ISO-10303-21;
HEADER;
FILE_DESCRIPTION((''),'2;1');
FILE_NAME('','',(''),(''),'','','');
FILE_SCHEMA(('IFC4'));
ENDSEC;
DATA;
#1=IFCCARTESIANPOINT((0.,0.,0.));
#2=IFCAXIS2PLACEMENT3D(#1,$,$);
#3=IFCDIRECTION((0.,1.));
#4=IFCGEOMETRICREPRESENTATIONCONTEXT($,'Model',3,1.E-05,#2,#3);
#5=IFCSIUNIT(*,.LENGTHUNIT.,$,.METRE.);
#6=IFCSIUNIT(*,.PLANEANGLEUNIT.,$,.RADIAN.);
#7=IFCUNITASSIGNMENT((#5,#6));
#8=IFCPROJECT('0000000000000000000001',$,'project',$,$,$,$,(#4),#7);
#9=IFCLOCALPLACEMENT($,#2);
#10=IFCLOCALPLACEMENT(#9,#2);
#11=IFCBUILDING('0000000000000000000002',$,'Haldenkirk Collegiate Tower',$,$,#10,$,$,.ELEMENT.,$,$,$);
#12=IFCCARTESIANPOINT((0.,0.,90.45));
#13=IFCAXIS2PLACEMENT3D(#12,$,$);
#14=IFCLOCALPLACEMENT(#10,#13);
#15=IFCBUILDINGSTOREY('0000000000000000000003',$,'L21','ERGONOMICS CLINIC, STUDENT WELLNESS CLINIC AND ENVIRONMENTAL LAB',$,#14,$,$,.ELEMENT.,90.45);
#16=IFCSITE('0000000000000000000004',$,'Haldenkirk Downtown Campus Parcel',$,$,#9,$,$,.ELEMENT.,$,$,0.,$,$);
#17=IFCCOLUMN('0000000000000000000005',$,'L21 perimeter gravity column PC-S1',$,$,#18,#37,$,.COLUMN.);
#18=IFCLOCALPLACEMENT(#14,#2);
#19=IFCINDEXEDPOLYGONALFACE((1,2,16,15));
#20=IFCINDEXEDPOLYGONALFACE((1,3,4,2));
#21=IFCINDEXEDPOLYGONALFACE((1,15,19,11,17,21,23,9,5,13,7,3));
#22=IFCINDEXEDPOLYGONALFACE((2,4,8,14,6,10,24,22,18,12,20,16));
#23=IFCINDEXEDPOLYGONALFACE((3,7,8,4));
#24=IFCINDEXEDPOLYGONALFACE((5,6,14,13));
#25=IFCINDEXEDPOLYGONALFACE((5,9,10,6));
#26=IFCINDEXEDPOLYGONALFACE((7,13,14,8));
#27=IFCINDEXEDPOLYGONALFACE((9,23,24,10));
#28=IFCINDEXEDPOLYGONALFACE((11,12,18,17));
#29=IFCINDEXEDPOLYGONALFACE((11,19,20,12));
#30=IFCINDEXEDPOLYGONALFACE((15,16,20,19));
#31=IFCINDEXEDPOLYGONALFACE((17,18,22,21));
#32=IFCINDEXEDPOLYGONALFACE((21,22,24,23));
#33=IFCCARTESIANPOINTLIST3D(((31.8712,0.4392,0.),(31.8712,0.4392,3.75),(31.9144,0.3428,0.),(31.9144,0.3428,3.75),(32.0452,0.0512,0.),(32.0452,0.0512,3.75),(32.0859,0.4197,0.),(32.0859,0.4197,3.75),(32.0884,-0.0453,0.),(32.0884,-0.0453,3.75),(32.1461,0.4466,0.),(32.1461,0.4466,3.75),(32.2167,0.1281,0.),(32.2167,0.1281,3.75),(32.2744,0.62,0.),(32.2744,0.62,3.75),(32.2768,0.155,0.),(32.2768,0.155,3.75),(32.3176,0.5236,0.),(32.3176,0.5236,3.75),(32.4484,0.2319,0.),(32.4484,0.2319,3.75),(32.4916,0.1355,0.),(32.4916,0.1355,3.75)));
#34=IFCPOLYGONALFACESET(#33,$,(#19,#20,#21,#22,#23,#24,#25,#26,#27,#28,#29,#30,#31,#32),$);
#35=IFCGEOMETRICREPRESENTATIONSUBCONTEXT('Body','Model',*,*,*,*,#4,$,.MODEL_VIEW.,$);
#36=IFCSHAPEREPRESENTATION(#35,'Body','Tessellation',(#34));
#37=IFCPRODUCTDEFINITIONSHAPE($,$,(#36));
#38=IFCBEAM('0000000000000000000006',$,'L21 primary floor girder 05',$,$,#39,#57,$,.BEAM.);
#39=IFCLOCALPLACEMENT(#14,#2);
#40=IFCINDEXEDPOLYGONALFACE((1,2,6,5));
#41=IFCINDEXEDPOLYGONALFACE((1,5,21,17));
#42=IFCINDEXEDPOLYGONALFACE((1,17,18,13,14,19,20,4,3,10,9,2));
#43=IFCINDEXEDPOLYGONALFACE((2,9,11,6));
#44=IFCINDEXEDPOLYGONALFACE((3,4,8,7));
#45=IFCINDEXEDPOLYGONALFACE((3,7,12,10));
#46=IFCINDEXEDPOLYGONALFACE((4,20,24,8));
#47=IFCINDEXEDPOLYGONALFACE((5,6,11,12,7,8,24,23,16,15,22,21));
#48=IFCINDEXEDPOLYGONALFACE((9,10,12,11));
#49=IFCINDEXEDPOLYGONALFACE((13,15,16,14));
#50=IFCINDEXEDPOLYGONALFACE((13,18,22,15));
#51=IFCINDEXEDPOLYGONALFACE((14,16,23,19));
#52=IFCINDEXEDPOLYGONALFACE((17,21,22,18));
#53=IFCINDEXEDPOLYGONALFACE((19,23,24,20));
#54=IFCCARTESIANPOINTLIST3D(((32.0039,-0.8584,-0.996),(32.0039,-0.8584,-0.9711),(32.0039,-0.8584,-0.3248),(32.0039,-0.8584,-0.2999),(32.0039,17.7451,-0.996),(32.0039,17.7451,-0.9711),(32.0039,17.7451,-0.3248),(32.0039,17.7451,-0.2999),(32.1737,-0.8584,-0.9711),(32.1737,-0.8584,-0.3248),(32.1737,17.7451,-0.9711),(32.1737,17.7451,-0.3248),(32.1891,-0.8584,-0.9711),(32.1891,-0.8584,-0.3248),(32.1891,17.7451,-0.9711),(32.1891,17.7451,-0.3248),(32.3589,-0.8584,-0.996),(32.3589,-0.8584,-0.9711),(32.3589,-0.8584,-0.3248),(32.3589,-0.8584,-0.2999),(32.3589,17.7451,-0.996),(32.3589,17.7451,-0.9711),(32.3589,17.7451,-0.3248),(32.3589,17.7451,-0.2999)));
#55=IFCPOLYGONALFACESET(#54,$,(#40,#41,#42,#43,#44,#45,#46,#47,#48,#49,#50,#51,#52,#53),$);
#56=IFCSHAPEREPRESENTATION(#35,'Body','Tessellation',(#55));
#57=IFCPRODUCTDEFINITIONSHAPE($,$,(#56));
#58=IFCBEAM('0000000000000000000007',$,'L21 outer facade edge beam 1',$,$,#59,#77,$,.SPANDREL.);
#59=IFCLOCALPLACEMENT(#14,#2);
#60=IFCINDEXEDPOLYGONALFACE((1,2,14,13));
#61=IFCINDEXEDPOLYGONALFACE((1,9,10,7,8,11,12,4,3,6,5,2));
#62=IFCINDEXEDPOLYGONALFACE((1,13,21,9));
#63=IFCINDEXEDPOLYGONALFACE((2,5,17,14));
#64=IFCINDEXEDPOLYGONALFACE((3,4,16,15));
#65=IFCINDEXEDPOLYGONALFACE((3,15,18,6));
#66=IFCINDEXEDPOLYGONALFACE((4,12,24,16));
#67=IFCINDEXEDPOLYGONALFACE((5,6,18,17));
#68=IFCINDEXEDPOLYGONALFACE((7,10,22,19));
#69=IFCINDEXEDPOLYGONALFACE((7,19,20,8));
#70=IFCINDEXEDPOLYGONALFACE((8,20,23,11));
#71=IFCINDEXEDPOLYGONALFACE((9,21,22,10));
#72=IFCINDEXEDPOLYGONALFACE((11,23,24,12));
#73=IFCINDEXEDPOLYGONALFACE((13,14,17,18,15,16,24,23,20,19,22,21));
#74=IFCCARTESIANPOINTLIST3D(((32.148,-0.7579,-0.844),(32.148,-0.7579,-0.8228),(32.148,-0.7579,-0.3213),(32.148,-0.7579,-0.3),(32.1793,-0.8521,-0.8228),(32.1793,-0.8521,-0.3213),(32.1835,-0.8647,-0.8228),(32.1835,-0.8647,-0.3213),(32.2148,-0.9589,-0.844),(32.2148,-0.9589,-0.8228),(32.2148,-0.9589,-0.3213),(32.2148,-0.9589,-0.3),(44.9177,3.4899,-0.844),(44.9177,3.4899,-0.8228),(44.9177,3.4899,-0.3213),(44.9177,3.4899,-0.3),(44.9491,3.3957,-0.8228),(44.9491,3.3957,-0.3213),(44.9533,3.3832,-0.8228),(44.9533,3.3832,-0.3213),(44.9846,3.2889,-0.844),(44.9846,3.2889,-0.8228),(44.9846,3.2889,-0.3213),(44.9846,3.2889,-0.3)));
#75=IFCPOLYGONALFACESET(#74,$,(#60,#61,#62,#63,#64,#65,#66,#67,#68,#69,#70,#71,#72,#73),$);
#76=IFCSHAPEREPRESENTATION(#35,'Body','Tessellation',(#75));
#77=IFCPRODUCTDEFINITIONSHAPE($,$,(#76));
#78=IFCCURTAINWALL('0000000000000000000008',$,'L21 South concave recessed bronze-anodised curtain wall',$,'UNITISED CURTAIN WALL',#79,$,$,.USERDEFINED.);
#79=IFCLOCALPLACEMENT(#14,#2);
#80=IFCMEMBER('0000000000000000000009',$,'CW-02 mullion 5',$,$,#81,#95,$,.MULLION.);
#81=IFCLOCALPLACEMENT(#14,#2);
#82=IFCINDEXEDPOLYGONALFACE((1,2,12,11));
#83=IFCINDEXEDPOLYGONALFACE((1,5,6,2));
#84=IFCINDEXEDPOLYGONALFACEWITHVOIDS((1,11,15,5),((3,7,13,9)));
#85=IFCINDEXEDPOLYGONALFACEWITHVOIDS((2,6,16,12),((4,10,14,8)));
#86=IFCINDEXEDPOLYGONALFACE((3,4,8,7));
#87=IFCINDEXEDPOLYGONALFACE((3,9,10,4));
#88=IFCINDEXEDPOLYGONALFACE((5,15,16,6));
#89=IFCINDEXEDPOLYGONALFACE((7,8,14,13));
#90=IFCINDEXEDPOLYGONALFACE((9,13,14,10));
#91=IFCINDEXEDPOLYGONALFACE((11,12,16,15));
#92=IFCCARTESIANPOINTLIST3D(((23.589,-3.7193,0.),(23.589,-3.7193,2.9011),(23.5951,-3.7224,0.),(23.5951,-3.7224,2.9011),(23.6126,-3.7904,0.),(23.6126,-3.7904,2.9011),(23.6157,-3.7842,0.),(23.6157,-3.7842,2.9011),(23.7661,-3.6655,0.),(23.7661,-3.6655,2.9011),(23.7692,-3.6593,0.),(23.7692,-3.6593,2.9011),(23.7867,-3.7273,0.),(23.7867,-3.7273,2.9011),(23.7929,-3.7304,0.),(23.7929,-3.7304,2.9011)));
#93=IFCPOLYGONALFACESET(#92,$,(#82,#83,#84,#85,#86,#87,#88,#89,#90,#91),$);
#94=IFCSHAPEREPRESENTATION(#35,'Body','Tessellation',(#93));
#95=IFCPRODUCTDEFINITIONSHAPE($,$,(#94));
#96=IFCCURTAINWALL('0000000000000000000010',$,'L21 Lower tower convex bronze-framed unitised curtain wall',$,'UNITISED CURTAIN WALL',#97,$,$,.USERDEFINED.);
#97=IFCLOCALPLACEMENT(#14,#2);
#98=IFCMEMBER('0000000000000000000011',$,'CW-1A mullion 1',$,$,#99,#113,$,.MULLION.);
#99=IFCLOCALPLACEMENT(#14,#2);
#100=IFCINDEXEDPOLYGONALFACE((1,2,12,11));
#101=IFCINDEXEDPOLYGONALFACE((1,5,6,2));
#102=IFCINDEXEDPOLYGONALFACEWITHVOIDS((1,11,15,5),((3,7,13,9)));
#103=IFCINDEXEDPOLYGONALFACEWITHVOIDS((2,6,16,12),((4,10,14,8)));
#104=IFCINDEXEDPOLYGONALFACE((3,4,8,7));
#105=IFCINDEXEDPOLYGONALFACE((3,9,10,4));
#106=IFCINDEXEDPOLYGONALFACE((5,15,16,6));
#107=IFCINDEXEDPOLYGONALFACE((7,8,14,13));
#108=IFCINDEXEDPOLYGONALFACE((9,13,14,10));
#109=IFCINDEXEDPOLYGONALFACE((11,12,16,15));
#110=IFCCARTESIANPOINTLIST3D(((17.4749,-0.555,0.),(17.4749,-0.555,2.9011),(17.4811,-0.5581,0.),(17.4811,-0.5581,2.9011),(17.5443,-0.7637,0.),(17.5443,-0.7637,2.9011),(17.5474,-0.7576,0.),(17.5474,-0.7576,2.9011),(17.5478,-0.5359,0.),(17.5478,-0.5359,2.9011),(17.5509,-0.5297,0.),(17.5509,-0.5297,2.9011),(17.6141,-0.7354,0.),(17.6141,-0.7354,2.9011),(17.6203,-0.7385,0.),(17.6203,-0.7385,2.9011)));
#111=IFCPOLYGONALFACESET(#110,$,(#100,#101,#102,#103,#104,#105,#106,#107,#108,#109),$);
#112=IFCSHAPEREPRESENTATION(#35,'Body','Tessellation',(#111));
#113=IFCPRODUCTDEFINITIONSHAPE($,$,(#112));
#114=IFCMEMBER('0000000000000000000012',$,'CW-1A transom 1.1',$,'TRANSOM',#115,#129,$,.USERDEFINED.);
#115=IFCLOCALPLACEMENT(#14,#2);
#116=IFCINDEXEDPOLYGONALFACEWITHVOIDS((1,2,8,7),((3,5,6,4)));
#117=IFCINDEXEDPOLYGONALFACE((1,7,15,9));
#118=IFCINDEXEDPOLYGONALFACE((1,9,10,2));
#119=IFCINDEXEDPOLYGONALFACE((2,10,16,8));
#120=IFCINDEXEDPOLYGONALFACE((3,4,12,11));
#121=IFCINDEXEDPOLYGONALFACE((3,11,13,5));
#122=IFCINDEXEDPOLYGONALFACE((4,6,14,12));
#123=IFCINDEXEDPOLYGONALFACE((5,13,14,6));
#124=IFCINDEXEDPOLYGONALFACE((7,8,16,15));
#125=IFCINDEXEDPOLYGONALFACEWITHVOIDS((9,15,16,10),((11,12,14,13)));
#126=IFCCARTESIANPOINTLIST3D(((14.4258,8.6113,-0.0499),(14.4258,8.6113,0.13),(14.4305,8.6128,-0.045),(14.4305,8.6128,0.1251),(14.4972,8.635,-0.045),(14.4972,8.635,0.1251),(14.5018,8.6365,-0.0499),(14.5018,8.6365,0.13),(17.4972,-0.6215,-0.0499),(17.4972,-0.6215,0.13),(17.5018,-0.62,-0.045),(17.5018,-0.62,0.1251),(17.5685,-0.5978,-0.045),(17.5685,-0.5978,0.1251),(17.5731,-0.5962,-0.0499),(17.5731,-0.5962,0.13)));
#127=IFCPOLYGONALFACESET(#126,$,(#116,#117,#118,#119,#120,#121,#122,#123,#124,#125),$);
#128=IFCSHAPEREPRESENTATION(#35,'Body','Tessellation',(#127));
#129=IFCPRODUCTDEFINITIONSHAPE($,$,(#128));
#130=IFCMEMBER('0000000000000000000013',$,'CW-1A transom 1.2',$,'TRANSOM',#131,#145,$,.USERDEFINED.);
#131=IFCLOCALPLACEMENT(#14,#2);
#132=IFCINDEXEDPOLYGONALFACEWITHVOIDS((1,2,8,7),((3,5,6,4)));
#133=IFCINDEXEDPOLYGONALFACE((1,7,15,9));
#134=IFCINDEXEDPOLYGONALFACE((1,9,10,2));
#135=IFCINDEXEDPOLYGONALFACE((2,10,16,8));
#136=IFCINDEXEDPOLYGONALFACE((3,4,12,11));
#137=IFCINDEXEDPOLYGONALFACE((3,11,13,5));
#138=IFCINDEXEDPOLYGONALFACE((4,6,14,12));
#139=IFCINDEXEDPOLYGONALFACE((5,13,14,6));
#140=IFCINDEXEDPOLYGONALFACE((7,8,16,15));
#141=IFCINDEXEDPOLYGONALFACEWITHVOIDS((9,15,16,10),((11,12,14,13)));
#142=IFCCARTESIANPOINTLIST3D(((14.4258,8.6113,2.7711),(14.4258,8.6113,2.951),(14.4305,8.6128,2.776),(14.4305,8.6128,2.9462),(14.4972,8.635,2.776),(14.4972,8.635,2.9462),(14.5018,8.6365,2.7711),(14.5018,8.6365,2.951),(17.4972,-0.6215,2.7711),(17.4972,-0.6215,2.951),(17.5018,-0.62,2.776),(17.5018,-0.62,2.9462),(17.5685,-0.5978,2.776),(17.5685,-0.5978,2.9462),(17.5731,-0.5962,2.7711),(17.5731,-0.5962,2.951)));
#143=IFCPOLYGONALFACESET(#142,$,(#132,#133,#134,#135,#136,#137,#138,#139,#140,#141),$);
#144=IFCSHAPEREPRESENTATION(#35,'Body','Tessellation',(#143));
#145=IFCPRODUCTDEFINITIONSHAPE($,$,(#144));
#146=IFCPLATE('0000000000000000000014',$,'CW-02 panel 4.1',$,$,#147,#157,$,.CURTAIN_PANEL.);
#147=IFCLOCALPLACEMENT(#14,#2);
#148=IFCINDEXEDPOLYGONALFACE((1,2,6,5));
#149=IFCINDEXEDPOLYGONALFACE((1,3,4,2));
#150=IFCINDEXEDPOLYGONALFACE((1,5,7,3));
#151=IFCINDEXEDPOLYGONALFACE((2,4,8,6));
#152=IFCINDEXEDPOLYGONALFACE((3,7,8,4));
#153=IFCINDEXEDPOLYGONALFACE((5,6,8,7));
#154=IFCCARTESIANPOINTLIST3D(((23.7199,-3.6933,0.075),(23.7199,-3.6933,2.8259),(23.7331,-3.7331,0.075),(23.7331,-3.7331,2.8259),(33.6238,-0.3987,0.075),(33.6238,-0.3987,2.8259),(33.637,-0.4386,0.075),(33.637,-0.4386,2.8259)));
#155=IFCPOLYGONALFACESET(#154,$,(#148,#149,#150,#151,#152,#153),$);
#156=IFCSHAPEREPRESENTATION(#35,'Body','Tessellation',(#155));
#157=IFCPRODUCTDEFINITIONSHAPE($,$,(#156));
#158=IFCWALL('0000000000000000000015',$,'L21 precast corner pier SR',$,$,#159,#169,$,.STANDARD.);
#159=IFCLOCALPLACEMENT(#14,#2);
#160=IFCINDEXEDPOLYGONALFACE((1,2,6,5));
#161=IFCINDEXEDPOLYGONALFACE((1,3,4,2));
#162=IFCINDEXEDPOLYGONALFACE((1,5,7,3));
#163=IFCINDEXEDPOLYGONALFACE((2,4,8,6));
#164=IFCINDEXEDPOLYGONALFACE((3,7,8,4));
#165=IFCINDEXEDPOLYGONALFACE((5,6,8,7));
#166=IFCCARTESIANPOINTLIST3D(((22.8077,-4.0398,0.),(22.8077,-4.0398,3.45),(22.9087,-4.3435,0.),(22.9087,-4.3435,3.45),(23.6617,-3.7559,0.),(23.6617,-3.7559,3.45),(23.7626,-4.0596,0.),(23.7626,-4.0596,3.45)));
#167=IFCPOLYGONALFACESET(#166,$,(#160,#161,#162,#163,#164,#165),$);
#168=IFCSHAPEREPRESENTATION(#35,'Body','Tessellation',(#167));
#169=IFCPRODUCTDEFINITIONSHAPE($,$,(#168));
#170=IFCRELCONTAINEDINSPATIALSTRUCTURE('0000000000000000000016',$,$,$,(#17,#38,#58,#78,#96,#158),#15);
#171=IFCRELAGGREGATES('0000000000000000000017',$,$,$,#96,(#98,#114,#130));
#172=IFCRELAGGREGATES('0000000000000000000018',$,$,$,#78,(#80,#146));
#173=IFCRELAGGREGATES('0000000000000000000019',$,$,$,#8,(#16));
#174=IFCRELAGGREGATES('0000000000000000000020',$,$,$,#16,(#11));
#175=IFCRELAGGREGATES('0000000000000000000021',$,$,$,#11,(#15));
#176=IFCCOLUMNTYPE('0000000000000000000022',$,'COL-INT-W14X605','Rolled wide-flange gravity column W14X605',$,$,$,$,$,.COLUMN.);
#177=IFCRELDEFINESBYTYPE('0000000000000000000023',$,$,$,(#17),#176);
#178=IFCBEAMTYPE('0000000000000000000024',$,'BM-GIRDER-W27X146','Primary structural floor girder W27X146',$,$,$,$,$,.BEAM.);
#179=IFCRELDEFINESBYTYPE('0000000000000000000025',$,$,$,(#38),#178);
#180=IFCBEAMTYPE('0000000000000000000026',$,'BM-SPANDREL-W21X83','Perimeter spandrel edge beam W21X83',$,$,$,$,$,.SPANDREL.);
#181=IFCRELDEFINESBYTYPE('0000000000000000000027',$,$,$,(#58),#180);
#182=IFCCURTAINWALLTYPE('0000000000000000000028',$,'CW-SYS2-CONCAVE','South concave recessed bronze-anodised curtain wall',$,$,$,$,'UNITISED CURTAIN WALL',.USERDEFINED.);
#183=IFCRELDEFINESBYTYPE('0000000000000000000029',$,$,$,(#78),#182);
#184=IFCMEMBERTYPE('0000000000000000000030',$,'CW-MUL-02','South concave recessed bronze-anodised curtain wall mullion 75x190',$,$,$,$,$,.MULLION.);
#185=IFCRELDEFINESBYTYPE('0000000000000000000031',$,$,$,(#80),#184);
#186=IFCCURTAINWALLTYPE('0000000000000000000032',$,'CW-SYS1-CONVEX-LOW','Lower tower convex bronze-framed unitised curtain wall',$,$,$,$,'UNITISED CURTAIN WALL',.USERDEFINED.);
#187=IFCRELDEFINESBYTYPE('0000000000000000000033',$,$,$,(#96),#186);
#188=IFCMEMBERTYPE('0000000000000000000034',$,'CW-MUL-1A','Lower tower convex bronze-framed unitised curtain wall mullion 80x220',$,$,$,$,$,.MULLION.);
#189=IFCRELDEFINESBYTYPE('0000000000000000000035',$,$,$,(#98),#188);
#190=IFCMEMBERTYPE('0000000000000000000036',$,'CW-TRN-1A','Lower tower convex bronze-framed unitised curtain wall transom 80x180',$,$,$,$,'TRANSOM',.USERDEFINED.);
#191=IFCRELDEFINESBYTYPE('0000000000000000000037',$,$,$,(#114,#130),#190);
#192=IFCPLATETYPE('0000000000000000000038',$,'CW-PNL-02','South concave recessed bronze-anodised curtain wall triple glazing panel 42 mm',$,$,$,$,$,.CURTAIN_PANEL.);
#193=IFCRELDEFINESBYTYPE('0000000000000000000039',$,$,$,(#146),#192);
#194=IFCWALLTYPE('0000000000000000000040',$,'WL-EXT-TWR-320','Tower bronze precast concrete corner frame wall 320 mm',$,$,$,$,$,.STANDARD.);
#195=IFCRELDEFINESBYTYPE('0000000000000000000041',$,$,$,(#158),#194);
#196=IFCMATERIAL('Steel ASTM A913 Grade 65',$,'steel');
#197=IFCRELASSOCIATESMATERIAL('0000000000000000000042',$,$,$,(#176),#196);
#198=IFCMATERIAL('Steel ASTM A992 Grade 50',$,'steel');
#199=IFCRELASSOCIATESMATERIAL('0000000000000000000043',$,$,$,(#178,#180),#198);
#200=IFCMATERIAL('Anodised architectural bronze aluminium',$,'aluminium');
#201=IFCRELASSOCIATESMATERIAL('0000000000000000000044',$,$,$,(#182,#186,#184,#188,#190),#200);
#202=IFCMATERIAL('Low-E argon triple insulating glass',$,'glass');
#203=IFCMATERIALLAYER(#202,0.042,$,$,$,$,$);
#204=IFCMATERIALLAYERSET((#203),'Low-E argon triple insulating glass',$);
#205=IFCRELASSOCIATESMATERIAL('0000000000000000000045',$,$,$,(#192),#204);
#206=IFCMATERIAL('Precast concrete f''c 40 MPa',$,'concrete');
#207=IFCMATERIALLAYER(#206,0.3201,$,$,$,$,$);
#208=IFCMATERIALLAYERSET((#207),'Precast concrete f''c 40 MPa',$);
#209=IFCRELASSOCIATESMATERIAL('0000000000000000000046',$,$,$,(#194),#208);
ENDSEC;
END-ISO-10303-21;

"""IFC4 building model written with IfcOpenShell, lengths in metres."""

from ifc_helpers import new_model, si_unit, direction, frame, frame_2d, origin, origin_2d, place, context, subcontext, project, spatial, rectangle, hollow_rectangle, i_section, extrude, source, transform, mapped, material, layer, layer_set, material_profile, profile_set, type_object, element, aggregate, save


model = new_model("IFC4")

# Units and contexts
model_context = context("Model", 3, precision=1e-05, world=origin(), true_north=direction((0.0, 1.0)))
body_context = subcontext(model_context, "Body", "Model", "MODEL_VIEW")
ifc_project = project(units=[si_unit("LENGTHUNIT", "METRE"), si_unit("PLANEANGLEUNIT", "RADIAN")], contexts=[model_context])

# Site, building, storey
site_placement = place(None, origin())
site = spatial("IfcSite", under=ifc_project, at=site_placement, Name="Haldenkirk Downtown Campus Parcel", CompositionType="ELEMENT", RefElevation=0.0)
building_placement = place(site_placement, origin())
building = spatial("IfcBuilding", under=site, at=building_placement, Name="Haldenkirk Collegiate Tower", CompositionType="ELEMENT")
storey_placement = place(building_placement, frame((0.0, 0.0, 90.45)))
storey = spatial("IfcBuildingStorey", under=building, at=storey_placement, Name="L21", Description="ERGONOMICS CLINIC, STUDENT WELLNESS CLINIC AND ENVIRONMENTAL LAB", CompositionType="ELEMENT", Elevation=90.45)

# Column
ifc_material_1 = material(Name="Steel ASTM A913 Grade 65", Category="steel")
ifc_material_profile_1 = material_profile(ifc_material_1, i_section(OverallWidth=0.4419, OverallDepth=0.531, WebThickness=0.0659, FlangeThickness=0.1057, at=origin_2d()), Name="W14X605")
ifc_profile_set_1 = profile_set([ifc_material_profile_1], Name="Steel ASTM A913 Grade 65")
column_type = type_object("IfcColumnType", Name="COL-INT-W14X605", Description="Rolled wide-flange gravity column W14X605", PredefinedType="COLUMN", material=ifc_profile_set_1)
column_placement = place(storey_placement, frame((32.1814, 0.2874, 0.0), z_axis=(0.0, 0.0, 1.0), x_axis=(0.912477, 0.409127, 0.0)))
element("IfcColumn", 1, at=column_placement, inside=storey, type_object=column_type, Name="L21 perimeter gravity column PC-S1", PredefinedType="COLUMN", context=body_context, shape_type="SweptSolid", body=[
    extrude(i_section(OverallWidth=0.4419, OverallDepth=0.531, WebThickness=0.0659, FlangeThickness=0.1057, at=origin_2d()), origin(), (0.0, 0.0, 1.0), 3.75),
])

# Beams
ifc_material_2 = material(Name="Steel ASTM A992 Grade 50", Category="steel")
ifc_material_profile_2 = material_profile(ifc_material_2, i_section(OverallWidth=0.355, OverallDepth=0.696, WebThickness=0.0154, FlangeThickness=0.0249, at=origin_2d()), Name="W27X146")
ifc_profile_set_2 = profile_set([ifc_material_profile_2], Name="Steel ASTM A992 Grade 50")
beam_type_1 = type_object("IfcBeamType", Name="BM-GIRDER-W27X146", Description="Primary structural floor girder W27X146", PredefinedType="BEAM", material=ifc_profile_set_2)
beam_1_placement = place(storey_placement, frame((32.1814, -0.8584, -0.6479), z_axis=(0.0, 1.0, 0.0), x_axis=(-1.0, 0.0, 0.0)))
element("IfcBeam", 2, at=beam_1_placement, inside=storey, type_object=beam_type_1, Name="L21 primary floor girder 05", PredefinedType="BEAM", context=body_context, shape_type="SweptSolid", body=[
    extrude(i_section(OverallWidth=0.355, OverallDepth=0.696, WebThickness=0.0154, FlangeThickness=0.0249, at=origin_2d()), origin(), (0.0, 0.0, 1.0), 18.6035),
])
ifc_material_profile_3 = material_profile(ifc_material_2, i_section(OverallWidth=0.2119, OverallDepth=0.5439, WebThickness=0.0132, FlangeThickness=0.0212, at=origin_2d()), Name="W21X83")
ifc_profile_set_3 = profile_set([ifc_material_profile_3], Name="Steel ASTM A992 Grade 50")
beam_type_2 = type_object("IfcBeamType", Name="BM-SPANDREL-W21X83", Description="Perimeter spandrel edge beam W21X83", PredefinedType="SPANDREL", material=ifc_profile_set_3)
beam_2_placement = place(storey_placement, frame((32.1814, -0.8584, -0.572), z_axis=(0.948879, 0.31564, 0.0), x_axis=(-0.31564, 0.948879, 0.0)))
element("IfcBeam", 3, at=beam_2_placement, inside=storey, type_object=beam_type_2, Name="L21 outer facade edge beam 1", PredefinedType="SPANDREL", context=body_context, shape_type="SweptSolid", body=[
    extrude(i_section(OverallWidth=0.2119, OverallDepth=0.5439, WebThickness=0.0132, FlangeThickness=0.0212, at=origin_2d()), origin(), (0.0, 0.0, 1.0), 13.4578),
])

# Curtain wall, member
ifc_material_3 = material(Name="Anodised architectural bronze aluminium", Category="aluminium")
curtain_wall_type_1 = type_object("IfcCurtainWallType", Name="CW-SYS2-CONCAVE", Description="South concave recessed bronze-anodised curtain wall", ElementType="UNITISED CURTAIN WALL", PredefinedType="USERDEFINED", material=ifc_material_3)
curtain_wall_1_placement = place(storey_placement, origin())
curtain_wall_1 = element("IfcCurtainWall", 4, at=curtain_wall_1_placement, inside=storey, type_object=curtain_wall_type_1, Name="L21 South concave recessed bronze-anodised curtain wall", ObjectType="UNITISED CURTAIN WALL", PredefinedType="USERDEFINED")
ifc_material_profile_4 = material_profile(ifc_material_3, hollow_rectangle(XDim=0.075, YDim=0.1899, WallThickness=0.0049, at=origin_2d()), Name="CW-MUL-02")
ifc_profile_set_4 = profile_set([ifc_material_profile_4], Name="Anodised architectural bronze aluminium")
member_type_1 = type_object("IfcMemberType", Name="CW-MUL-02", Description="South concave recessed bronze-anodised curtain wall mullion 75x190", PredefinedType="MULLION", material=ifc_profile_set_4)
member_1_placement = place(storey_placement, frame((23.6909, -3.7249, 0.0), z_axis=(0.0, 0.0, 1.0), x_axis=(0.315647, -0.948877, 0.0)))
member_1 = element("IfcMember", 5, at=member_1_placement, type_object=member_type_1, Name="CW-02 mullion 5", PredefinedType="MULLION", context=body_context, shape_type="SweptSolid", body=[
    extrude(hollow_rectangle(XDim=0.075, YDim=0.1899, WallThickness=0.0049, at=origin_2d()), origin(), (0.0, 0.0, 1.0), 2.9011),
])

# Curtain wall, members
curtain_wall_type_2 = type_object("IfcCurtainWallType", Name="CW-SYS1-CONVEX-LOW", Description="Lower tower convex bronze-framed unitised curtain wall", ElementType="UNITISED CURTAIN WALL", PredefinedType="USERDEFINED", material=ifc_material_3)
curtain_wall_2_placement = place(storey_placement, origin())
curtain_wall_2 = element("IfcCurtainWall", 6, at=curtain_wall_2_placement, inside=storey, type_object=curtain_wall_type_2, Name="L21 Lower tower convex bronze-framed unitised curtain wall", ObjectType="UNITISED CURTAIN WALL", PredefinedType="USERDEFINED")
ifc_material_profile_5 = material_profile(ifc_material_3, hollow_rectangle(XDim=0.0801, YDim=0.22, WallThickness=0.0049, at=origin_2d()), Name="CW-MUL-1A")
ifc_profile_set_5 = profile_set([ifc_material_profile_5], Name="Anodised architectural bronze aluminium")
member_type_2 = type_object("IfcMemberType", Name="CW-MUL-1A", Description="Lower tower convex bronze-framed unitised curtain wall mullion 80x220", PredefinedType="MULLION", material=ifc_profile_set_5)
member_2_placement = place(storey_placement, frame((17.5476, -0.6467, 0.0), z_axis=(0.0, 0.0, 1.0), x_axis=(-0.948876, -0.31565, 0.0)))
member_2 = element("IfcMember", 7, at=member_2_placement, type_object=member_type_2, Name="CW-1A mullion 1", PredefinedType="MULLION", context=body_context, shape_type="SweptSolid", body=[
    extrude(hollow_rectangle(XDim=0.0801, YDim=0.22, WallThickness=0.0049, at=origin_2d()), origin(), (0.0, 0.0, 1.0), 2.9011),
])
ifc_material_profile_6 = material_profile(ifc_material_3, hollow_rectangle(XDim=0.0801, YDim=0.1799, WallThickness=0.0049, at=origin_2d()), Name="CW-TRN-1A")
ifc_profile_set_6 = profile_set([ifc_material_profile_6], Name="Anodised architectural bronze aluminium")
member_type_3 = type_object("IfcMemberType", Name="CW-TRN-1A", Description="Lower tower convex bronze-framed unitised curtain wall transom 80x180", ElementType="TRANSOM", PredefinedType="USERDEFINED", material=ifc_profile_set_6)
member_3_placement = place(storey_placement, frame((17.5352, -0.6089, 0.04), z_axis=(-0.315648, 0.948876, 0.0), x_axis=(-0.948876, -0.315648, 0.0)))
member_3 = element("IfcMember", 8, at=member_3_placement, type_object=member_type_3, Name="CW-1A transom 1.1", ObjectType="TRANSOM", PredefinedType="USERDEFINED", context=body_context, shape_type="SweptSolid", body=[
    extrude(hollow_rectangle(XDim=0.0801, YDim=0.1799, WallThickness=0.0049, at=origin_2d()), origin(), (0.0, 0.0, 1.0), 9.7302),
])
member_4_placement = place(storey_placement, frame((17.5352, -0.6089, 2.8611), z_axis=(-0.315648, 0.948876, 0.0), x_axis=(-0.948876, -0.315648, 0.0)))
member_4 = element("IfcMember", 9, at=member_4_placement, type_object=member_type_3, Name="CW-1A transom 1.2", ObjectType="TRANSOM", PredefinedType="USERDEFINED", context=body_context, shape_type="SweptSolid", body=[
    extrude(hollow_rectangle(XDim=0.0801, YDim=0.1799, WallThickness=0.0049, at=origin_2d()), origin(), (0.0, 0.0, 1.0), 9.7302),
])
aggregate(curtain_wall_2, [member_2, member_3, member_4])

# Plate
ifc_material_4 = material(Name="Low-E argon triple insulating glass", Category="glass")
ifc_layer_1 = layer(ifc_material_4, 0.042)
ifc_layer_set_1 = layer_set([ifc_layer_1], Name="Low-E argon triple insulating glass")
plate_type = type_object("IfcPlateType", Name="CW-PNL-02", Description="South concave recessed bronze-anodised curtain wall triple glazing panel 42 mm", PredefinedType="CURTAIN_PANEL", material=ifc_layer_set_1)
shared_shape_1 = source(origin(), body_context, "Body", "SweptSolid", [
    extrude(rectangle(XDim=10.4375, YDim=0.042, at=origin_2d()), origin(), (0.0, 0.0, 1.0), 2.751),
])
plate_placement = place(storey_placement, frame((28.6785, -2.0659, 0.075), z_axis=(0.0, 0.0, 1.0), x_axis=(-0.948877, -0.315647, 0.0)))
plate = element("IfcPlate", 10, at=plate_placement, type_object=plate_type, Name="CW-02 panel 4.1", PredefinedType="CURTAIN_PANEL", context=body_context, shape_type="MappedRepresentation", body=[
    mapped(shared_shape_1, transform((0.0, 0.0, 0.0), x_axis=(1.0, 0.0, 0.0), y_axis=(0.0, 1.0, 0.0), z_axis=(0.0, 0.0, 1.0), scale=1.0)),
])
aggregate(curtain_wall_1, [member_1, plate])

# Wall
ifc_material_5 = material(Name="Precast concrete f'c 40 MPa", Category="concrete")
ifc_layer_2 = layer(ifc_material_5, 0.3201)
ifc_layer_set_2 = layer_set([ifc_layer_2], Name="Precast concrete f'c 40 MPa")
wall_type_1 = type_object("IfcWallType", Name="WL-EXT-TWR-320", Description="Tower bronze precast concrete corner frame wall 320 mm", PredefinedType="STANDARD", material=ifc_layer_set_2)
wall_1_placement = place(storey_placement, frame((23.7122, -3.9077, 0.0), z_axis=(0.0, 0.0, 1.0), x_axis=(-0.948927, -0.315495, 0.0)))
element("IfcWall", 11, at=wall_1_placement, inside=storey, type_object=wall_type_1, Name="L21 precast corner pier SR", PredefinedType="STANDARD", context=body_context, shape_type="SweptSolid", body=[
    extrude(rectangle(XDim=0.8999, YDim=0.3201, at=frame_2d((0.45, 0.0))), origin(), (0.0, 0.0, 1.0), 3.45),
])

save(model, "model.ifc")
